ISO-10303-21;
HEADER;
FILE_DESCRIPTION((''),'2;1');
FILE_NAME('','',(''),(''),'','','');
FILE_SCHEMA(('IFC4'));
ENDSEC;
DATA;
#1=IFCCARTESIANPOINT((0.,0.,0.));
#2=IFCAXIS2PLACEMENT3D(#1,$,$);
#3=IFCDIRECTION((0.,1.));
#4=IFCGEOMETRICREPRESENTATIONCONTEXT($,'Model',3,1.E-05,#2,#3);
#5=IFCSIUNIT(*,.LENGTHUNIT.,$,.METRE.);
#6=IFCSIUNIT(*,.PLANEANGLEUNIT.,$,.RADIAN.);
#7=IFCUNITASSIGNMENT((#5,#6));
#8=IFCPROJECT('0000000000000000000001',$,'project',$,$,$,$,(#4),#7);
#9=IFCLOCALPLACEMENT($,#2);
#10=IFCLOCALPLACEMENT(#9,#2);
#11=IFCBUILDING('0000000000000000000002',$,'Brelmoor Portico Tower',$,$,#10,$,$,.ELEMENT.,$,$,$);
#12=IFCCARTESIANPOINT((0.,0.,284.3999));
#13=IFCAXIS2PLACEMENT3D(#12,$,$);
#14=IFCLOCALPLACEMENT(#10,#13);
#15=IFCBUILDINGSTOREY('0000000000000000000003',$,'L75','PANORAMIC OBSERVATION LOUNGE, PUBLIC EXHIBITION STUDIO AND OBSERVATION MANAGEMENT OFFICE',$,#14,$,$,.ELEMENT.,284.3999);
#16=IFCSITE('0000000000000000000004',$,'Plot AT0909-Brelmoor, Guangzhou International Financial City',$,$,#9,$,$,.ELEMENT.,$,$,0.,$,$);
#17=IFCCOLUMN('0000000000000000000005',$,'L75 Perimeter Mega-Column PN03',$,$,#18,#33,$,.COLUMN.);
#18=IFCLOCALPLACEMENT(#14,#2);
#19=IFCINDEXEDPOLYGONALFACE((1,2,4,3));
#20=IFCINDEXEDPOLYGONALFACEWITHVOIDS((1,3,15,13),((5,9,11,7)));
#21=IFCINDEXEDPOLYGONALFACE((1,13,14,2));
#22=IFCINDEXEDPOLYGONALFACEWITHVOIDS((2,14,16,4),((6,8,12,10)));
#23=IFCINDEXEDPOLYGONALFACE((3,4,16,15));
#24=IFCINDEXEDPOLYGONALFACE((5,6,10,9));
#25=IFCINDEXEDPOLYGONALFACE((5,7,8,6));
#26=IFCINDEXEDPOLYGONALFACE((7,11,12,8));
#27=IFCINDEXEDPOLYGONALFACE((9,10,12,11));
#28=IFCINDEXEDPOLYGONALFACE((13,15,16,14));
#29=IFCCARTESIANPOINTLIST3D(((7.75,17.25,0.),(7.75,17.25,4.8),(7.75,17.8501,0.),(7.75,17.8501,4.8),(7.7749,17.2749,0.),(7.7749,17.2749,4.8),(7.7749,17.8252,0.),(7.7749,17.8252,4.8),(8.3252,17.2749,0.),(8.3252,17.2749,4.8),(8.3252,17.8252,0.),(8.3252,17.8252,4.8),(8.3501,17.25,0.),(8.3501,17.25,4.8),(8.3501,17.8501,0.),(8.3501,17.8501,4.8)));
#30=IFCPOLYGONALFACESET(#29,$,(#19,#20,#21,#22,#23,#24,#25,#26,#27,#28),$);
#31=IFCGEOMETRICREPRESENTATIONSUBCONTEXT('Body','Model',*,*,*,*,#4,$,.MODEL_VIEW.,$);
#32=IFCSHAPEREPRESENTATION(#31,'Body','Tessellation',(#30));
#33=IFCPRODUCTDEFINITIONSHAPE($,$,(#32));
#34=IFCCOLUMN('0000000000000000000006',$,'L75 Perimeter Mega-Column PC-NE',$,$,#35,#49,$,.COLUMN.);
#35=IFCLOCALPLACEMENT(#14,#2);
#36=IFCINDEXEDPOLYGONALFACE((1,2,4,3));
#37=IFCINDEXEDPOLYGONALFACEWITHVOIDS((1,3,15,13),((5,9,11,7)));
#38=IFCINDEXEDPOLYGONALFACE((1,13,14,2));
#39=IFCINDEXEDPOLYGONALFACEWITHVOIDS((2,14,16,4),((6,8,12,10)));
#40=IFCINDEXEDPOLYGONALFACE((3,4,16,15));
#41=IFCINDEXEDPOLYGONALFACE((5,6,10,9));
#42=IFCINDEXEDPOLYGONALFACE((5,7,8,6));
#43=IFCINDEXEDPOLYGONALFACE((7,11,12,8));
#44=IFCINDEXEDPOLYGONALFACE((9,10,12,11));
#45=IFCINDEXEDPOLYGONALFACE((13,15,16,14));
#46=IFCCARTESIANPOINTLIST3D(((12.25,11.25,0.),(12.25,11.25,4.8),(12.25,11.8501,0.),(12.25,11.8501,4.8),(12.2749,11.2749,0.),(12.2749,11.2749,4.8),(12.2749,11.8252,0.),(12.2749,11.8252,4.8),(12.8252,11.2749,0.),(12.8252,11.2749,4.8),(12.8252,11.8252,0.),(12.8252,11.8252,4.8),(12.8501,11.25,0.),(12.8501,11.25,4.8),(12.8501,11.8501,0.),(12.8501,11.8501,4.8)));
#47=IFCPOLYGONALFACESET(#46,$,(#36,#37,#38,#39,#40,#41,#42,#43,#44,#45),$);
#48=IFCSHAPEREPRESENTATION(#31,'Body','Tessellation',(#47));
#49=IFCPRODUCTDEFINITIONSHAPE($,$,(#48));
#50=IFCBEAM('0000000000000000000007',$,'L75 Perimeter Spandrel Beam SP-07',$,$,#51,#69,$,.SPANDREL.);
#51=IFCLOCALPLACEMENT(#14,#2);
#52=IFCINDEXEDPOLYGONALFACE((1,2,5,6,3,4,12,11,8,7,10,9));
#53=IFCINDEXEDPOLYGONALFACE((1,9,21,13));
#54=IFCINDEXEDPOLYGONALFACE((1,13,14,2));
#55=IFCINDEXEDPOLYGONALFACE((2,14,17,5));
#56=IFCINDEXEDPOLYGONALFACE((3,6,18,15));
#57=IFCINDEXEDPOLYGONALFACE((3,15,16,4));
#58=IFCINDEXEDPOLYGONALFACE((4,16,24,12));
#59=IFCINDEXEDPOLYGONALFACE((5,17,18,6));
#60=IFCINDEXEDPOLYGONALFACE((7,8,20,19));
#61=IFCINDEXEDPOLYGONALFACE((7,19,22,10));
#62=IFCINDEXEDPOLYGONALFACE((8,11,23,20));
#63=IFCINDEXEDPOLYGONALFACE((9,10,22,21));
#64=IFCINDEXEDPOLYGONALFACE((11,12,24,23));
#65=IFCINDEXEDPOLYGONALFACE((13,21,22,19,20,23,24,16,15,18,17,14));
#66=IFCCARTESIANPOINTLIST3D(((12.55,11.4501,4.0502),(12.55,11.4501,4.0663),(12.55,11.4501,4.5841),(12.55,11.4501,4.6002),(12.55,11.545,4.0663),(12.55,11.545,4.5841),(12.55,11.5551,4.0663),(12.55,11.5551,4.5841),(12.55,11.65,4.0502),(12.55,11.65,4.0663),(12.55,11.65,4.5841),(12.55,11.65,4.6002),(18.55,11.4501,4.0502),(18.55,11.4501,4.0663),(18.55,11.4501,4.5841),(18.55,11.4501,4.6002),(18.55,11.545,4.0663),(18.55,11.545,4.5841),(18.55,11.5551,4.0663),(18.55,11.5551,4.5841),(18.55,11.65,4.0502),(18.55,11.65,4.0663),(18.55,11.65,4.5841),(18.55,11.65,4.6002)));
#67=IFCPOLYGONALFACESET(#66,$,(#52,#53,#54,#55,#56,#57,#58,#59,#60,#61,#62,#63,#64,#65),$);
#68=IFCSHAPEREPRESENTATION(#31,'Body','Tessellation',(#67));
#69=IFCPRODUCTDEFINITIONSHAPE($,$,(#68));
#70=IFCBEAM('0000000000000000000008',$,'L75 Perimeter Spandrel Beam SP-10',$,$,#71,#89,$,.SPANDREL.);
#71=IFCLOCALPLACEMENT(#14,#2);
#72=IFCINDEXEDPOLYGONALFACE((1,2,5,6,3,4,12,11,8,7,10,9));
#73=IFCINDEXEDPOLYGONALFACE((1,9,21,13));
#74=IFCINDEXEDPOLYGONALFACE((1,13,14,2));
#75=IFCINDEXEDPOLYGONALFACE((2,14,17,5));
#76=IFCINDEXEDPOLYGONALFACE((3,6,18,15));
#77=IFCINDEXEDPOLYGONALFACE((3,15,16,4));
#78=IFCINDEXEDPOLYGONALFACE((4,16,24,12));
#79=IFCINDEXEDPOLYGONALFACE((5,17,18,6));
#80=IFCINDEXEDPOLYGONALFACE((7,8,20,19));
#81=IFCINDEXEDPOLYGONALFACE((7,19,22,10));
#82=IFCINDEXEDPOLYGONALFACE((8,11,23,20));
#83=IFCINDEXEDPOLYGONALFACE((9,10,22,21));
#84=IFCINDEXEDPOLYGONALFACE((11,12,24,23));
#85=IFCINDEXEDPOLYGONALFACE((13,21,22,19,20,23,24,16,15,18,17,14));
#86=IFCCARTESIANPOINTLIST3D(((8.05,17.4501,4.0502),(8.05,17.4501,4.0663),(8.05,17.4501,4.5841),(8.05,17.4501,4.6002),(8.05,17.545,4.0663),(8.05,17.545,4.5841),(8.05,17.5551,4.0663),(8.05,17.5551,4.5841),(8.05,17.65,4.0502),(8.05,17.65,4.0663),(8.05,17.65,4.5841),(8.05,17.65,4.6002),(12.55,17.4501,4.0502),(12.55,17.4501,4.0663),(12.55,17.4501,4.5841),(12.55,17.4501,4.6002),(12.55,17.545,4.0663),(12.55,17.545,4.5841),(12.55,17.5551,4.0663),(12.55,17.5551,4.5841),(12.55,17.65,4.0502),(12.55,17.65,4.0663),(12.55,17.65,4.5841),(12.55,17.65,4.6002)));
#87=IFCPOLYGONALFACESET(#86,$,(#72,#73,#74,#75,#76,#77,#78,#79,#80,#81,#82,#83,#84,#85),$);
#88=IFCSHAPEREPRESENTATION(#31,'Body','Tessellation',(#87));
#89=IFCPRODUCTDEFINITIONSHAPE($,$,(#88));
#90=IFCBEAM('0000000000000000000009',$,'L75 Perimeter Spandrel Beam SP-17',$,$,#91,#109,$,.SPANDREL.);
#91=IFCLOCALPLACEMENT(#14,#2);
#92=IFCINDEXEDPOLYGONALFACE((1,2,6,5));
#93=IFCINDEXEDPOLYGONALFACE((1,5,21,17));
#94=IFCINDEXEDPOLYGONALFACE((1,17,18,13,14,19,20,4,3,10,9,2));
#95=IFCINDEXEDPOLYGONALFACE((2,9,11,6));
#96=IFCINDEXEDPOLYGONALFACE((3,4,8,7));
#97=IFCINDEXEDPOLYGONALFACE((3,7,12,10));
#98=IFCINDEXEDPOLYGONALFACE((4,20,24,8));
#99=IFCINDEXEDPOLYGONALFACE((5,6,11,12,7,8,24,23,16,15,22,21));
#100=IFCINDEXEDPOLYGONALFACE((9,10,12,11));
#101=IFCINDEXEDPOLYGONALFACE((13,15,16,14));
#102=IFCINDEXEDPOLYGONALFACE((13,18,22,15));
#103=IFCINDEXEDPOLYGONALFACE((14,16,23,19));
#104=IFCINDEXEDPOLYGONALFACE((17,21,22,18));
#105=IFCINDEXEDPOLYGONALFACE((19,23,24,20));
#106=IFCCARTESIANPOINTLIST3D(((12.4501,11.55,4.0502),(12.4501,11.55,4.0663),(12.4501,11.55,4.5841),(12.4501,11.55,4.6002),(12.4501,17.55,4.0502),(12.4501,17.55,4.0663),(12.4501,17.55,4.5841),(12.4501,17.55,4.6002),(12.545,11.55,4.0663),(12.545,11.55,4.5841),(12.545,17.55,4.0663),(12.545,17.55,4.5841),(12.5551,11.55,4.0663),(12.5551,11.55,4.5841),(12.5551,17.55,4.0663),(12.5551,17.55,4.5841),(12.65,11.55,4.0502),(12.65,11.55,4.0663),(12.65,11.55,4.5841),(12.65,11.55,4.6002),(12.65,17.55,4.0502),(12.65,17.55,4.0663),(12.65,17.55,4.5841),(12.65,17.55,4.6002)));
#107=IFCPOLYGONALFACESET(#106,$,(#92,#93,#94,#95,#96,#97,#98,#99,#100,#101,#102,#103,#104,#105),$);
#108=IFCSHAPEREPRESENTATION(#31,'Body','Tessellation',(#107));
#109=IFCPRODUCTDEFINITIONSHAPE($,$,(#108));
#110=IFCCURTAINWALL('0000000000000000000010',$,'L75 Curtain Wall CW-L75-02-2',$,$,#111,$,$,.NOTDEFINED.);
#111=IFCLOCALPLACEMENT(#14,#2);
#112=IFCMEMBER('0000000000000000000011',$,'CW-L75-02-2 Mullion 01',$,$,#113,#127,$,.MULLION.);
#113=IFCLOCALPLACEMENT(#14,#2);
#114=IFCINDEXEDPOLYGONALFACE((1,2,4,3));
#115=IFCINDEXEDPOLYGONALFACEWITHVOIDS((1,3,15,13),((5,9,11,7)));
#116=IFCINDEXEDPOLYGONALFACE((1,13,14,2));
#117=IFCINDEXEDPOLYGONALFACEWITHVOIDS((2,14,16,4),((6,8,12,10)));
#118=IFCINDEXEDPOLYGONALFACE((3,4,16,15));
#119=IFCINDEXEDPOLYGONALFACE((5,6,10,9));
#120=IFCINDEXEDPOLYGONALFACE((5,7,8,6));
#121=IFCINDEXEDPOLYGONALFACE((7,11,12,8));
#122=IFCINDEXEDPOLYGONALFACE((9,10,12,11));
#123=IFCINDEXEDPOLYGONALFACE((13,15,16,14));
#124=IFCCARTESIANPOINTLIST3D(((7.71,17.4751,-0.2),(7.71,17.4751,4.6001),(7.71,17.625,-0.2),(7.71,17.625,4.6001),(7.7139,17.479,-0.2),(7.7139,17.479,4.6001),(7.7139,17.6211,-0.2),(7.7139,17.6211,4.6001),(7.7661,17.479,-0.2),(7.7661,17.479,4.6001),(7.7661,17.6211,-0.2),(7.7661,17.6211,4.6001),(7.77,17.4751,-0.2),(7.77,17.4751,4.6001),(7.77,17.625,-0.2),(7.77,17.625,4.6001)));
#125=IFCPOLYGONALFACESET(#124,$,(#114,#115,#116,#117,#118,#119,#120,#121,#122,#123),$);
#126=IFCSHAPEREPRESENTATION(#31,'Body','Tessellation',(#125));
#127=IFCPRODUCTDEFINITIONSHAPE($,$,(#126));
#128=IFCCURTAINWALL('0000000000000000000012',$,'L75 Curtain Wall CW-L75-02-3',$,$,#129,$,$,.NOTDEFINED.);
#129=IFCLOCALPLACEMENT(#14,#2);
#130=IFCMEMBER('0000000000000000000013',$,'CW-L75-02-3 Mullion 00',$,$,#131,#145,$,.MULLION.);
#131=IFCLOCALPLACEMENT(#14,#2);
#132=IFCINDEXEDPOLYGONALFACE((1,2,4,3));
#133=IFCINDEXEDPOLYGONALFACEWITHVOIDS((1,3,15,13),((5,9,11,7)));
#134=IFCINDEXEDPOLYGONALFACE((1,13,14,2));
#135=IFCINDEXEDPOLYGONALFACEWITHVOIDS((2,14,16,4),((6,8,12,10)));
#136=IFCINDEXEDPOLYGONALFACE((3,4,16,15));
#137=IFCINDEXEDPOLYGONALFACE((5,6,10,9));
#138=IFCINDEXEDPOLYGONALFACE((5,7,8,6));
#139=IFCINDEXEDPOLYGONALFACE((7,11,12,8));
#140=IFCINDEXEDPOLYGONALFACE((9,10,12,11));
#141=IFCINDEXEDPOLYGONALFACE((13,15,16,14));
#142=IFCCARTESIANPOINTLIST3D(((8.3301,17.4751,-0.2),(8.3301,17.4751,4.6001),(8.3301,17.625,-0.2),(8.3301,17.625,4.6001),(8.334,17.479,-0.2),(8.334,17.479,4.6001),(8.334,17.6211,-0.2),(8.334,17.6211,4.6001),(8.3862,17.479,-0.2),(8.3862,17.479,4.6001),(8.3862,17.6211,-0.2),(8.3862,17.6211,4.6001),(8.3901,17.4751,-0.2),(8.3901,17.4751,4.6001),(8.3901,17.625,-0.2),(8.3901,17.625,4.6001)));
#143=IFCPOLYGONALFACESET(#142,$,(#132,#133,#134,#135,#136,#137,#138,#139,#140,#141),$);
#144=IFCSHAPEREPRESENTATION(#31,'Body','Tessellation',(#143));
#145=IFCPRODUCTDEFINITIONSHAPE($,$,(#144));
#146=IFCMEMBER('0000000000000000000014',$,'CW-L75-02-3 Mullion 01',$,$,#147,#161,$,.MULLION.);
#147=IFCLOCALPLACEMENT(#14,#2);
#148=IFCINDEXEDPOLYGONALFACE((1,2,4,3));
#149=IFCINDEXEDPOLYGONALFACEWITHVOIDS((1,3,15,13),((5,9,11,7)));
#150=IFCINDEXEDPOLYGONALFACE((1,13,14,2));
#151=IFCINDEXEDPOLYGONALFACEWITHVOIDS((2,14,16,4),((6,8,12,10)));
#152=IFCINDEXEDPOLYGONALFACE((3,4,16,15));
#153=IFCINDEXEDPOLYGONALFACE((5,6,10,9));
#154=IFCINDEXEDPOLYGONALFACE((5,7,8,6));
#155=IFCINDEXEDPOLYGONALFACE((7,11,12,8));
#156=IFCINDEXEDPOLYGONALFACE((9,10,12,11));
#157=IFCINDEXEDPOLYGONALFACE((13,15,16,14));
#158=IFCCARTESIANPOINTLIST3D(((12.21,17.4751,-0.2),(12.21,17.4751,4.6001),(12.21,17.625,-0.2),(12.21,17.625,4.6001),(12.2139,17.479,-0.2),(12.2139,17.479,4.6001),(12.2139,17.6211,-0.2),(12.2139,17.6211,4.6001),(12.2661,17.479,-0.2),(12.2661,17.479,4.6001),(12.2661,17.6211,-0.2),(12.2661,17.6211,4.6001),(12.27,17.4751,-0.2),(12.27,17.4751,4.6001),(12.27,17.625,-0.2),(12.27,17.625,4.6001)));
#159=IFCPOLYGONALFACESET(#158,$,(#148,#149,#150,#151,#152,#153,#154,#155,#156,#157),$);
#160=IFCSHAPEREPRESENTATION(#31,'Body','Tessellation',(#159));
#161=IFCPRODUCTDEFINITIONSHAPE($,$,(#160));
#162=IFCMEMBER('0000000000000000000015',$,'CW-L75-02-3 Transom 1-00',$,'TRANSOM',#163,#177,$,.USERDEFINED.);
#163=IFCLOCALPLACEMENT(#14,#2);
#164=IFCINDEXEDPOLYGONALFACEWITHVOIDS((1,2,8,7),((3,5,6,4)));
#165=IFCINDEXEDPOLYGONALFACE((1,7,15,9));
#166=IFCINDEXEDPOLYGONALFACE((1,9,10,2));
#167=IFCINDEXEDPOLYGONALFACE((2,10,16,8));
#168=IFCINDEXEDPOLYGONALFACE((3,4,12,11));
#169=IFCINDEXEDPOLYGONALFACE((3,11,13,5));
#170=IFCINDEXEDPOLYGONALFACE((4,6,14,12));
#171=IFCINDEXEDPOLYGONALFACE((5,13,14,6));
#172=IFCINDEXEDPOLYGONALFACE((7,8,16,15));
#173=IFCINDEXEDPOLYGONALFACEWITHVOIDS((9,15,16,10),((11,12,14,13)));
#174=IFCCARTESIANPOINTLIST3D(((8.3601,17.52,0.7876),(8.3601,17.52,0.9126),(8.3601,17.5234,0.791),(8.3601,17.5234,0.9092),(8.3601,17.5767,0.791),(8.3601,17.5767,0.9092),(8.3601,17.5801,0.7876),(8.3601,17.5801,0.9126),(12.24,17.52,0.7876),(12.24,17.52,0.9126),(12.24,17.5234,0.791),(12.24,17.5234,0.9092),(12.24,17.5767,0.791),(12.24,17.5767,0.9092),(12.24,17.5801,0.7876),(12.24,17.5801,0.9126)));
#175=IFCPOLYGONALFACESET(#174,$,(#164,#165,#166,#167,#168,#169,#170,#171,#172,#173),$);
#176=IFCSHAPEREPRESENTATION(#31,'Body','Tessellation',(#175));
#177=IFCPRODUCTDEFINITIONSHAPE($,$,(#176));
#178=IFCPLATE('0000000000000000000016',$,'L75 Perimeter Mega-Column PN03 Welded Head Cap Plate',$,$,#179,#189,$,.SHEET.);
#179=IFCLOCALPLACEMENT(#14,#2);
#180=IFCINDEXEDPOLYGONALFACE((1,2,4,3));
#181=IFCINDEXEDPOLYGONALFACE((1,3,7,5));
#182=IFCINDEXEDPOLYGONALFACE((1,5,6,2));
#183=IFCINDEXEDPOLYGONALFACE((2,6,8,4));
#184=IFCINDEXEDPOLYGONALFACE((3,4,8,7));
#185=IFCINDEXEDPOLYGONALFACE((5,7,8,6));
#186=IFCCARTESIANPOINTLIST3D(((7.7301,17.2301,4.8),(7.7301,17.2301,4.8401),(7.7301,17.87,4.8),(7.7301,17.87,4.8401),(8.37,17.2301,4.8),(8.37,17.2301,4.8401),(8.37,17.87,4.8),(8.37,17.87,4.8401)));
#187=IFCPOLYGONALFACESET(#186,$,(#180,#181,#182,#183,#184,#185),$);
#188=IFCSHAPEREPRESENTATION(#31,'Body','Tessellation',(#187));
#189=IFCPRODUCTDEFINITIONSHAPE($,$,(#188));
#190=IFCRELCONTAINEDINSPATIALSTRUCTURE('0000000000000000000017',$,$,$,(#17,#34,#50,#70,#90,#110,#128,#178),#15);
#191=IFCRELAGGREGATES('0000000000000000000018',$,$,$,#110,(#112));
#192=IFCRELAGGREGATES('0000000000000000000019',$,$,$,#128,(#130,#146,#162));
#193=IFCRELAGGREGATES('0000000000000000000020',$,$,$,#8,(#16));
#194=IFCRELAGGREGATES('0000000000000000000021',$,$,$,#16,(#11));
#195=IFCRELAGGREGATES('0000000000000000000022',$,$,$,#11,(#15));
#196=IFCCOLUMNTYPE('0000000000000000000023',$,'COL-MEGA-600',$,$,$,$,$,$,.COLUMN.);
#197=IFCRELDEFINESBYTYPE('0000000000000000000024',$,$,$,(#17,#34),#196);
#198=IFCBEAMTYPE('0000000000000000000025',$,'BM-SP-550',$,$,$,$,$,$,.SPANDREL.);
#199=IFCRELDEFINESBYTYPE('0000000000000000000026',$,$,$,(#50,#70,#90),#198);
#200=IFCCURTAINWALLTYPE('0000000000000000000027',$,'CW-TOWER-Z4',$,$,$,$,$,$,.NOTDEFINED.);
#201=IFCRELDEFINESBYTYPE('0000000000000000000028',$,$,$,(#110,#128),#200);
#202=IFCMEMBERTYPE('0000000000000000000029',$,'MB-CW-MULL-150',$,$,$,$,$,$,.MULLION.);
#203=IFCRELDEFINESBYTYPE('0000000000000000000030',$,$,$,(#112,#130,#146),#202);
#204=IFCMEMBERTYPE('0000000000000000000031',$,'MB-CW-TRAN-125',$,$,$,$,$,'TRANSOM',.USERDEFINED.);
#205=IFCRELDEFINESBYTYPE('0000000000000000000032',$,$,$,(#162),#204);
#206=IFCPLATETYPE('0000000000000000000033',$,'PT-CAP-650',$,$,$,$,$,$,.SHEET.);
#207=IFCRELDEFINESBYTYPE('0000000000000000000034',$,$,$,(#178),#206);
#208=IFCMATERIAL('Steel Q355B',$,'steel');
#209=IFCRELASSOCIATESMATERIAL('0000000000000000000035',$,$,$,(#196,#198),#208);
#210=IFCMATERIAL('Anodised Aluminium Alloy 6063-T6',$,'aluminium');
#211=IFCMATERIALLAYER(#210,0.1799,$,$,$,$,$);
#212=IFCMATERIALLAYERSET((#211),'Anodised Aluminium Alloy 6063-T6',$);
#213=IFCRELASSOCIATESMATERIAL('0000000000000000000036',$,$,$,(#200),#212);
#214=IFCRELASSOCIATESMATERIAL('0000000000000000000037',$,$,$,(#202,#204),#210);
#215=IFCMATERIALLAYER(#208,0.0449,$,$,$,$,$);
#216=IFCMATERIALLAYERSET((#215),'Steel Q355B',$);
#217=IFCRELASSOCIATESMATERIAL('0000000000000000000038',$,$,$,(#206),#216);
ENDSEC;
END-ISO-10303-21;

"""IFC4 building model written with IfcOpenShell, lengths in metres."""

from ifc_helpers import new_model, si_unit, direction, frame, origin, origin_2d, place, context, subcontext, project, spatial, rectangle, hollow_rectangle, i_section, extrude, material, layer, layer_set, material_profile, profile_set, type_object, element, aggregate, save


model = new_model("IFC4")

# Units and contexts
model_context = context("Model", 3, precision=1e-05, world=origin(), true_north=direction((0.0, 1.0)))
body_context = subcontext(model_context, "Body", "Model", "MODEL_VIEW")
ifc_project = project(units=[si_unit("LENGTHUNIT", "METRE"), si_unit("PLANEANGLEUNIT", "RADIAN")], contexts=[model_context])

# Site, building, storey
site_placement = place(None, origin())
site = spatial("IfcSite", under=ifc_project, at=site_placement, Name="Plot AT0909-Brelmoor, Guangzhou International Financial City", CompositionType="ELEMENT", RefElevation=0.0)
building_placement = place(site_placement, origin())
building = spatial("IfcBuilding", under=site, at=building_placement, Name="Brelmoor Portico Tower", CompositionType="ELEMENT")
storey_placement = place(building_placement, frame((0.0, 0.0, 284.3999)))
storey = spatial("IfcBuildingStorey", under=building, at=storey_placement, Name="L75", Description="PANORAMIC OBSERVATION LOUNGE, PUBLIC EXHIBITION STUDIO AND OBSERVATION MANAGEMENT OFFICE", CompositionType="ELEMENT", Elevation=284.3999)

# Columns
ifc_material_1 = material(Name="Steel Q355B", Category="steel")
ifc_material_profile_1 = material_profile(ifc_material_1, hollow_rectangle(XDim=0.6001, YDim=0.6001, WallThickness=0.0249, at=origin_2d()), Name="BOX 600x600x25")
ifc_profile_set_1 = profile_set([ifc_material_profile_1], Name="Steel Q355B")
column_type = type_object("IfcColumnType", Name="COL-MEGA-600", PredefinedType="COLUMN", material=ifc_profile_set_1)
for number, where, z_axis, x_axis, name in (
    (1, (8.05, 17.55, 0.0), (0.0, 0.0, 1.0), (1.0, 0.0, 0.0), "L75 Perimeter Mega-Column PN03"),
    (2, (12.55, 11.55, 0.0), (0.0, 0.0, 1.0), (1.0, 0.0, 0.0), "L75 Perimeter Mega-Column PC-NE"),
):
    element("IfcColumn", number, at=place(storey_placement, frame(where, z_axis=z_axis, x_axis=x_axis)), inside=storey, type_object=column_type, Name=name, PredefinedType="COLUMN", context=body_context, shape_type="SweptSolid", body=[
        extrude(hollow_rectangle(XDim=0.6001, YDim=0.6001, WallThickness=0.0249, at=origin_2d()), origin(), (0.0, 0.0, 1.0), 4.8),
    ])

# Beams
ifc_material_profile_2 = material_profile(ifc_material_1, i_section(OverallWidth=0.2, OverallDepth=0.55, WebThickness=0.01, FlangeThickness=0.0161, at=origin_2d()), Name="HN 550x200x10x16")
ifc_profile_set_2 = profile_set([ifc_material_profile_2], Name="Steel Q355B")
beam_type = type_object("IfcBeamType", Name="BM-SP-550", PredefinedType="SPANDREL", material=ifc_profile_set_2)
beam_1_placement = place(storey_placement, frame((12.55, 11.55, 4.3252), z_axis=(1.0, 0.0, 0.0), x_axis=(0.0, 1.0, 0.0)))
element("IfcBeam", 3, at=beam_1_placement, inside=storey, type_object=beam_type, Name="L75 Perimeter Spandrel Beam SP-07", PredefinedType="SPANDREL", context=body_context, shape_type="SweptSolid", body=[
    extrude(i_section(OverallWidth=0.2, OverallDepth=0.55, WebThickness=0.01, FlangeThickness=0.0161, at=origin_2d()), origin(), (0.0, 0.0, 1.0), 6.0),
])
beam_2_placement = place(storey_placement, frame((8.05, 17.55, 4.3252), z_axis=(1.0, 0.0, 0.0), x_axis=(0.0, 1.0, 0.0)))
element("IfcBeam", 4, at=beam_2_placement, inside=storey, type_object=beam_type, Name="L75 Perimeter Spandrel Beam SP-10", PredefinedType="SPANDREL", context=body_context, shape_type="SweptSolid", body=[
    extrude(i_section(OverallWidth=0.2, OverallDepth=0.55, WebThickness=0.01, FlangeThickness=0.0161, at=origin_2d()), origin(), (0.0, 0.0, 1.0), 4.5),
])
beam_3_placement = place(storey_placement, frame((12.55, 11.55, 4.3252), z_axis=(0.0, 1.0, 0.0), x_axis=(-1.0, 0.0, 0.0)))
element("IfcBeam", 5, at=beam_3_placement, inside=storey, type_object=beam_type, Name="L75 Perimeter Spandrel Beam SP-17", PredefinedType="SPANDREL", context=body_context, shape_type="SweptSolid", body=[
    extrude(i_section(OverallWidth=0.2, OverallDepth=0.55, WebThickness=0.01, FlangeThickness=0.0161, at=origin_2d()), origin(), (0.0, 0.0, 1.0), 6.0),
])

# Curtain wall, member
ifc_material_2 = material(Name="Anodised Aluminium Alloy 6063-T6", Category="aluminium")
ifc_layer_1 = layer(ifc_material_2, 0.1799)
ifc_layer_set_1 = layer_set([ifc_layer_1], Name="Anodised Aluminium Alloy 6063-T6")
curtain_wall_type = type_object("IfcCurtainWallType", Name="CW-TOWER-Z4", PredefinedType="NOTDEFINED", material=ifc_layer_set_1)
curtain_wall_1_placement = place(storey_placement, origin())
curtain_wall_1 = element("IfcCurtainWall", 6, at=curtain_wall_1_placement, inside=storey, type_object=curtain_wall_type, Name="L75 Curtain Wall CW-L75-02-2", PredefinedType="NOTDEFINED")
ifc_material_profile_3 = material_profile(ifc_material_2, hollow_rectangle(XDim=0.0601, YDim=0.1499, WallThickness=0.0039, at=origin_2d()), Name="ALU MULLION 60x150")
ifc_profile_set_3 = profile_set([ifc_material_profile_3], Name="Anodised Aluminium Alloy 6063-T6")
member_type_1 = type_object("IfcMemberType", Name="MB-CW-MULL-150", PredefinedType="MULLION", material=ifc_profile_set_3)
member_1_placement = place(storey_placement, frame((7.74, 17.55, -0.2), z_axis=(0.0, 0.0, 1.0), x_axis=(1.0, 0.0, 0.0)))
member_1 = element("IfcMember", 7, at=member_1_placement, type_object=member_type_1, Name="CW-L75-02-2 Mullion 01", PredefinedType="MULLION", context=body_context, shape_type="SweptSolid", body=[
    extrude(hollow_rectangle(XDim=0.0601, YDim=0.1499, WallThickness=0.0039, at=origin_2d()), origin(), (0.0, 0.0, 1.0), 4.8),
])

# Curtain wall, members
curtain_wall_2_placement = place(storey_placement, origin())
curtain_wall_2 = element("IfcCurtainWall", 8, at=curtain_wall_2_placement, inside=storey, type_object=curtain_wall_type, Name="L75 Curtain Wall CW-L75-02-3", PredefinedType="NOTDEFINED")
member_2_placement = place(storey_placement, frame((8.3601, 17.55, -0.2), z_axis=(0.0, 0.0, 1.0), x_axis=(1.0, 0.0, 0.0)))
member_2 = element("IfcMember", 9, at=member_2_placement, type_object=member_type_1, Name="CW-L75-02-3 Mullion 00", PredefinedType="MULLION", context=body_context, shape_type="SweptSolid", body=[
    extrude(hollow_rectangle(XDim=0.0601, YDim=0.1499, WallThickness=0.0039, at=origin_2d()), origin(), (0.0, 0.0, 1.0), 4.8),
])
member_3_placement = place(storey_placement, frame((12.24, 17.55, -0.2), z_axis=(0.0, 0.0, 1.0), x_axis=(1.0, 0.0, 0.0)))
member_3 = element("IfcMember", 10, at=member_3_placement, type_object=member_type_1, Name="CW-L75-02-3 Mullion 01", PredefinedType="MULLION", context=body_context, shape_type="SweptSolid", body=[
    extrude(hollow_rectangle(XDim=0.0601, YDim=0.1499, WallThickness=0.0039, at=origin_2d()), origin(), (0.0, 0.0, 1.0), 4.8),
])
ifc_material_profile_4 = material_profile(ifc_material_2, hollow_rectangle(XDim=0.0601, YDim=0.125, WallThickness=0.0034, at=origin_2d()), Name="ALU TRANSOM 60x125")
ifc_profile_set_4 = profile_set([ifc_material_profile_4], Name="Anodised Aluminium Alloy 6063-T6")
member_type_2 = type_object("IfcMemberType", Name="MB-CW-TRAN-125", ElementType="TRANSOM", PredefinedType="USERDEFINED", material=ifc_profile_set_4)
member_4_placement = place(storey_placement, frame((8.3601, 17.55, 0.8501), z_axis=(1.0, 0.0, 0.0), x_axis=(0.0, 1.0, 0.0)))
member_4 = element("IfcMember", 11, at=member_4_placement, type_object=member_type_2, Name="CW-L75-02-3 Transom 1-00", ObjectType="TRANSOM", PredefinedType="USERDEFINED", context=body_context, shape_type="SweptSolid", body=[
    extrude(hollow_rectangle(XDim=0.0601, YDim=0.125, WallThickness=0.0034, at=origin_2d()), origin(), (0.0, 0.0, 1.0), 3.8799),
])

# Plate
ifc_layer_2 = layer(ifc_material_1, 0.0449)
ifc_layer_set_2 = layer_set([ifc_layer_2], Name="Steel Q355B")
plate_type_1 = type_object("IfcPlateType", Name="PT-CAP-650", PredefinedType="SHEET", material=ifc_layer_set_2)
for number, where, z_axis, x_axis, name in (
    (12, (8.05, 17.55, 4.8), (0.0, 0.0, 1.0), (1.0, 0.0, 0.0), "L75 Perimeter Mega-Column PN03 Welded Head Cap Plate"),
):
    element("IfcPlate", number, at=place(storey_placement, frame(where, z_axis=z_axis, x_axis=x_axis)), inside=storey, type_object=plate_type_1, Name=name, PredefinedType="SHEET", context=body_context, shape_type="SweptSolid", body=[
        extrude(rectangle(XDim=0.6399, YDim=0.6399, at=origin_2d()), origin(), (0.0, 0.0, 1.0), 0.04),
    ])

aggregate(curtain_wall_1, [member_1])
aggregate(curtain_wall_2, [member_2, member_3, member_4])

save(model, "model.ifc")
